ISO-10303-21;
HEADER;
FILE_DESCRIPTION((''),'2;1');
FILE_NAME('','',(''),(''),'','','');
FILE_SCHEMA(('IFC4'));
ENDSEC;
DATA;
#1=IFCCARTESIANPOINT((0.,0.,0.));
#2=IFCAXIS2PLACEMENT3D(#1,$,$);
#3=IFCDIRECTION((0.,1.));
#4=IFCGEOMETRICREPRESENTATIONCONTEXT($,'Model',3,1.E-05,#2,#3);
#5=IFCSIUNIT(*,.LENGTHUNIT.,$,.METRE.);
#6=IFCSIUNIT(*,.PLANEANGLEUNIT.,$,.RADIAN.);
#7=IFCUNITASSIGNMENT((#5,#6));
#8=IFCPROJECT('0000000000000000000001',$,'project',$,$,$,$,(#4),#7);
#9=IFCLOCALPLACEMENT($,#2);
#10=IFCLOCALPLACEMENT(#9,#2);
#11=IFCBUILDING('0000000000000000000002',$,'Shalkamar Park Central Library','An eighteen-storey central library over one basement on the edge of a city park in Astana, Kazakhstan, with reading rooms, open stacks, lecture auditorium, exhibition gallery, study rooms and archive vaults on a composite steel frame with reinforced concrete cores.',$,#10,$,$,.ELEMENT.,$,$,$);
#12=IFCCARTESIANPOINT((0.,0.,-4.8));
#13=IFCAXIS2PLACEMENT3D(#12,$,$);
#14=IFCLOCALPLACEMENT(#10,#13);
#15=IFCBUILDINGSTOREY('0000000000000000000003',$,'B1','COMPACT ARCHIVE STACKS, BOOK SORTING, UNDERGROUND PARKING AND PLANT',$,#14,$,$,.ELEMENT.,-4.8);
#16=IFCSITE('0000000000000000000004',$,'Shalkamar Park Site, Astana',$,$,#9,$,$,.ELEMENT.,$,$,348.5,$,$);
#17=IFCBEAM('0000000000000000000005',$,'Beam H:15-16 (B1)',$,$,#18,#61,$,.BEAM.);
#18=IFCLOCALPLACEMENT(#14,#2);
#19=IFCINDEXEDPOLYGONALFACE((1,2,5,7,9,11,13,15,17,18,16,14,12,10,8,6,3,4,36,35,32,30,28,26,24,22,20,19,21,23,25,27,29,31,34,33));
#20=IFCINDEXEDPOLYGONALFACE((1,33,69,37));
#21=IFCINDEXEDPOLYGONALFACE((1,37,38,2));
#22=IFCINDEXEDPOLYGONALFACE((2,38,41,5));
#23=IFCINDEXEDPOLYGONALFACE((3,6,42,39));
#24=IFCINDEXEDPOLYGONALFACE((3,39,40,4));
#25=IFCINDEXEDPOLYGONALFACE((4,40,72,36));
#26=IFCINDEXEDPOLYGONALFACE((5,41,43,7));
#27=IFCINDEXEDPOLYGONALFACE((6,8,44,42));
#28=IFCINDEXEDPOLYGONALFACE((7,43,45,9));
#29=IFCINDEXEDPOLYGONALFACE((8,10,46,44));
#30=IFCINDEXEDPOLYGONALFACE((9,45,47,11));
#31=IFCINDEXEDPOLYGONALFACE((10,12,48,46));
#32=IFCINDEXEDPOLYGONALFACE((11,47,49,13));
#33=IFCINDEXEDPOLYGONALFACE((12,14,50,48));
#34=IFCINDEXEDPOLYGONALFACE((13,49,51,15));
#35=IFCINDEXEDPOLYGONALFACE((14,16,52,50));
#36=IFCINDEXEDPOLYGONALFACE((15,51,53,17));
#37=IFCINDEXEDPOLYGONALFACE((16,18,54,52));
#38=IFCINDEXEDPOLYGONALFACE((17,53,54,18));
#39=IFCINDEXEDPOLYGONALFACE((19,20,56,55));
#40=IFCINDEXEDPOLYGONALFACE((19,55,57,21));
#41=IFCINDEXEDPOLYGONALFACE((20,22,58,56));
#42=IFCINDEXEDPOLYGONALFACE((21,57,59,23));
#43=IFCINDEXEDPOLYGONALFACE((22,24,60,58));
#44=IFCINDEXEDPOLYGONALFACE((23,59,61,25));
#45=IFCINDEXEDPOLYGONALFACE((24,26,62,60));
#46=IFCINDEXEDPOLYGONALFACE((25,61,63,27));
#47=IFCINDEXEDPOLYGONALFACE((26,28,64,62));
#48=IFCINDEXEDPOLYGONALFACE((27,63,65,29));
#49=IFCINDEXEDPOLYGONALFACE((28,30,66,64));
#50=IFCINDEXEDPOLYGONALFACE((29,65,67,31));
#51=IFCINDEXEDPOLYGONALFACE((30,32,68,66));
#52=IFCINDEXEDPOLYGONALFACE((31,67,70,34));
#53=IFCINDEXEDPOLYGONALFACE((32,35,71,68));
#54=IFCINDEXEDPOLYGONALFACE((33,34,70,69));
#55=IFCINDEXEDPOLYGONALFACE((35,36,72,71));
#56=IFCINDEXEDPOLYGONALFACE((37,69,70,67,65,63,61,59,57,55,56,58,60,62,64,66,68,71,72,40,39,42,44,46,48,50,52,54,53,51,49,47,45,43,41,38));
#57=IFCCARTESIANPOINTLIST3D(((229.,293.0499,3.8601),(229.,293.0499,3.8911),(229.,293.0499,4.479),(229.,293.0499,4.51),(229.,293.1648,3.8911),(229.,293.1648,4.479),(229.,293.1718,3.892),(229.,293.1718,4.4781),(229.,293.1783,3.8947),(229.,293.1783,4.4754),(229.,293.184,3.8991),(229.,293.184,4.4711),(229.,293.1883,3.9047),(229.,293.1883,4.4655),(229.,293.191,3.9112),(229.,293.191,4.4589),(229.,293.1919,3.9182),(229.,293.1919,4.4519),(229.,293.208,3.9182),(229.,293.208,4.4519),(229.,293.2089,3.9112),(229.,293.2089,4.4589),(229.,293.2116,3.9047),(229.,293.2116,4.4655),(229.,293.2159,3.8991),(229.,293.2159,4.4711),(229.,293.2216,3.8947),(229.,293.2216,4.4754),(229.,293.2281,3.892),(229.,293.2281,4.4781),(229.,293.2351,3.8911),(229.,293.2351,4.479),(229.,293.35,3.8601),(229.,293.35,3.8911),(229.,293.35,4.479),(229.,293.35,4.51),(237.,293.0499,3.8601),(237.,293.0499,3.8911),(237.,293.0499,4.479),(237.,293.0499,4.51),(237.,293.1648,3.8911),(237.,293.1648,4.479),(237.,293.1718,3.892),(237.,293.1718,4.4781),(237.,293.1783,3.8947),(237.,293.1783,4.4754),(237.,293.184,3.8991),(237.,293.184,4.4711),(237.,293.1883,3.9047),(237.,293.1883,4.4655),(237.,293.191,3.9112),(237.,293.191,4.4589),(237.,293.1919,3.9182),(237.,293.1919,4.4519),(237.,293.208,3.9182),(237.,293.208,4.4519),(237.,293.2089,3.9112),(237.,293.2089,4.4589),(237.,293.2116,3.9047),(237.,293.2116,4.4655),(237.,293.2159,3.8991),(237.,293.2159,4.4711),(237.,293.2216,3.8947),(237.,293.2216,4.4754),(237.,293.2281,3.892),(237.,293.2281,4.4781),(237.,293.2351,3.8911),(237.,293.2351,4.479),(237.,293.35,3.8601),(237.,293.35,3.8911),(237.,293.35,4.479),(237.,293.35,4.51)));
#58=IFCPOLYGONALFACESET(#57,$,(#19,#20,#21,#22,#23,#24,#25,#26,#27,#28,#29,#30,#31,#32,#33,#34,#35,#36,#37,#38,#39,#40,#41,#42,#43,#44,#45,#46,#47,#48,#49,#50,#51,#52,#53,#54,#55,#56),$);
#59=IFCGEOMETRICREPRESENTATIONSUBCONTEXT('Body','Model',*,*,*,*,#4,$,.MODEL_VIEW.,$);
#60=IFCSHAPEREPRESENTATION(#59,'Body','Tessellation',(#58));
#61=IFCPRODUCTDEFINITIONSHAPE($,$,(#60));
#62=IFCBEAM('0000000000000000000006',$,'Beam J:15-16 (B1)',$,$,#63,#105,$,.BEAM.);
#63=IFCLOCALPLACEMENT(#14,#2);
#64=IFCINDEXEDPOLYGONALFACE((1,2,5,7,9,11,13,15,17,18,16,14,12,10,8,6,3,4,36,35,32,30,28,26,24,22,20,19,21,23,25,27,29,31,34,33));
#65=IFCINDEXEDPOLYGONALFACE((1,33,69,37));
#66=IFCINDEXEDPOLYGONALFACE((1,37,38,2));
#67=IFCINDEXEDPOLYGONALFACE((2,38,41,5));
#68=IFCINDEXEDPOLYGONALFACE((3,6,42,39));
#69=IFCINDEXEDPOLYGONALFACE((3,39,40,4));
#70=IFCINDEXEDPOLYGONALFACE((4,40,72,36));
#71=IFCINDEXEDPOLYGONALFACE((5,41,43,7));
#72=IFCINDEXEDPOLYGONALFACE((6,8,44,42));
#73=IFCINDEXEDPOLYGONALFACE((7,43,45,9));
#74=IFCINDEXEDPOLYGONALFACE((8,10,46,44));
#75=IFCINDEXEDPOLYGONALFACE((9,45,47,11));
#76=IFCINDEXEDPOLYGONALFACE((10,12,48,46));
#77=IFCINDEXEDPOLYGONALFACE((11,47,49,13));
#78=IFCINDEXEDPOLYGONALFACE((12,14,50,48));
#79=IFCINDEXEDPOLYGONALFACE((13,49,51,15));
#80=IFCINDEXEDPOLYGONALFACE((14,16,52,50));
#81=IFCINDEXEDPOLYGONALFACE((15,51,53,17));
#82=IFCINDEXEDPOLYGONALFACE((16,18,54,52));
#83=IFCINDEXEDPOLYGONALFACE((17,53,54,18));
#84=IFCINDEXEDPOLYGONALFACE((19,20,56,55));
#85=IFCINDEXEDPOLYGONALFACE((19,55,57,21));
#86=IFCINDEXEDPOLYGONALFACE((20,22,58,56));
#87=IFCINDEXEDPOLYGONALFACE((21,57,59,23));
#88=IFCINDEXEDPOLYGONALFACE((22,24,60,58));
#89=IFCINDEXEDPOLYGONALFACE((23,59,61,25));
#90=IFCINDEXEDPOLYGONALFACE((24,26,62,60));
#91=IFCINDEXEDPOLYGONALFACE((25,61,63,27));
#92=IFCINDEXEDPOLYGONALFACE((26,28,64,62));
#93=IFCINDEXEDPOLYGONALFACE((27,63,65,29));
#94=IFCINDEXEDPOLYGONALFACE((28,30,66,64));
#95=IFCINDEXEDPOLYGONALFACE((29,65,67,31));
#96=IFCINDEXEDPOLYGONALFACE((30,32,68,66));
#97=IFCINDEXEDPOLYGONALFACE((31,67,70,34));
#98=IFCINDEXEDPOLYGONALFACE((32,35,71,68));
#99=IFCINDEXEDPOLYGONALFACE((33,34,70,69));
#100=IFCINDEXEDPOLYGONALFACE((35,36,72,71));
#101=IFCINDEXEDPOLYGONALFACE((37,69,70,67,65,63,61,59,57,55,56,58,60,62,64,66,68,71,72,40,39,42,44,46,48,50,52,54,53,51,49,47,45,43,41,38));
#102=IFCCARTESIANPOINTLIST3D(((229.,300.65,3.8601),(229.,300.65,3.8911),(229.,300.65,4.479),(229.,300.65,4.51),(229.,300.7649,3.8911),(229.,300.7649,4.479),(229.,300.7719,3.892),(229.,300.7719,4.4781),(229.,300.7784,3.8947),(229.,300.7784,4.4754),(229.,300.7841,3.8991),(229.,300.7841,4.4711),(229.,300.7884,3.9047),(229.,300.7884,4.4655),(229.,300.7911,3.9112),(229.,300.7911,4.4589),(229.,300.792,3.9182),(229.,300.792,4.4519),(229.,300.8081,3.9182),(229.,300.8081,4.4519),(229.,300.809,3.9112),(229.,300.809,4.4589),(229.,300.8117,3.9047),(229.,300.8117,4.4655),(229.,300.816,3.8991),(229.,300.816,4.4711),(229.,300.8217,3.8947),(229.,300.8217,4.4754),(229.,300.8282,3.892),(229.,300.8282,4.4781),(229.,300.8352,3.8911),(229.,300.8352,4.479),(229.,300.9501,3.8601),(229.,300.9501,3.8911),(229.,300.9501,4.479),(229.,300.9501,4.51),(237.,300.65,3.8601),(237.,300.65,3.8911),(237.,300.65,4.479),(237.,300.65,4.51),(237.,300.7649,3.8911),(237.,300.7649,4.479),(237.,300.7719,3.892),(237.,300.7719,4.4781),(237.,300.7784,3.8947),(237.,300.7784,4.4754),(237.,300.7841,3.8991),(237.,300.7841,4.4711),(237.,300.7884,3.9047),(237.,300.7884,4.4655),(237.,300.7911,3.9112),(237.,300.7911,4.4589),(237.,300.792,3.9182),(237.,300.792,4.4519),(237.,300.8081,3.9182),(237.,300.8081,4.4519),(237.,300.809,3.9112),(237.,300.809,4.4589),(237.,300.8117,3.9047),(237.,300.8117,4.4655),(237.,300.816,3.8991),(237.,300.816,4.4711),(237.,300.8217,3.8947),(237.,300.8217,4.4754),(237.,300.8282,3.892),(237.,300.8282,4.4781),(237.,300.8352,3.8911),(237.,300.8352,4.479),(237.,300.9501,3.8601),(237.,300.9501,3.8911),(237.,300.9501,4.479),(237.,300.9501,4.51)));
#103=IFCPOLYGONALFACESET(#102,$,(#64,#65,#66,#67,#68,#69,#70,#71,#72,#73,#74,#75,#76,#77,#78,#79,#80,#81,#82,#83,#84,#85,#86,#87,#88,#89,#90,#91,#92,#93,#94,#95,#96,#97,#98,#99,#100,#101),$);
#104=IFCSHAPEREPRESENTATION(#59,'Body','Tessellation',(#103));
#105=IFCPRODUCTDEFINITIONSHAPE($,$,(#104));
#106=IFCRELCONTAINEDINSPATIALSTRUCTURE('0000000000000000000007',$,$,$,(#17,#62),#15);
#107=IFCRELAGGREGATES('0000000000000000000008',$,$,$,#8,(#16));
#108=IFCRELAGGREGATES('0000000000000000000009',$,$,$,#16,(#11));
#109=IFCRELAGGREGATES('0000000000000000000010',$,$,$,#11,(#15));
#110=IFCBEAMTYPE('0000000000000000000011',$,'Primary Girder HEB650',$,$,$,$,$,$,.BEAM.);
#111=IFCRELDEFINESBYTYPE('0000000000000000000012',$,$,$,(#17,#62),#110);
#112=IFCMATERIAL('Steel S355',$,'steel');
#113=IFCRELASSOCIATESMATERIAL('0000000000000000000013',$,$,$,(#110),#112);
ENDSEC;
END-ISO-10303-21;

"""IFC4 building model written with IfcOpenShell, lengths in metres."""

from ifc_helpers import new_model, si_unit, direction, frame, origin, origin_2d, place, context, subcontext, project, spatial, i_section, extrude, material, material_profile, profile_set, type_object, element, save


model = new_model("IFC4")

# Units and contexts
model_context = context("Model", 3, precision=1e-05, world=origin(), true_north=direction((0.0, 1.0)))
body_context = subcontext(model_context, "Body", "Model", "MODEL_VIEW")
ifc_project = project(units=[si_unit("LENGTHUNIT", "METRE"), si_unit("PLANEANGLEUNIT", "RADIAN")], contexts=[model_context])

# Site, building, storey
site_placement = place(None, origin())
site = spatial("IfcSite", under=ifc_project, at=site_placement, Name="Shalkamar Park Site, Astana", CompositionType="ELEMENT", RefElevation=348.5)
building_placement = place(site_placement, origin())
building = spatial("IfcBuilding", under=site, at=building_placement, Name="Shalkamar Park Central Library", Description="An eighteen-storey central library over one basement on the edge of a city park in Astana, Kazakhstan, with reading rooms, open stacks, lecture auditorium, exhibition gallery, study rooms and archive vaults on a composite steel frame with reinforced concrete cores.", CompositionType="ELEMENT")
storey_placement = place(building_placement, frame((0.0, 0.0, -4.8)))
storey = spatial("IfcBuildingStorey", under=building, at=storey_placement, Name="B1", Description="COMPACT ARCHIVE STACKS, BOOK SORTING, UNDERGROUND PARKING AND PLANT", CompositionType="ELEMENT", Elevation=-4.8)

# Shared definitions
ifc_material_1 = material(Name="Steel S355", Category="steel")

# Beams
ifc_material_profile_1 = material_profile(ifc_material_1, i_section(OverallWidth=0.3, OverallDepth=0.6499, WebThickness=0.0161, FlangeThickness=0.031, FilletRadius=0.0271, at=origin_2d()), Name="HEB 650")
ifc_profile_set_1 = profile_set([ifc_material_profile_1], Name="Steel S355")
beam_type_1 = type_object("IfcBeamType", Name="Primary Girder HEB650", PredefinedType="BEAM", material=ifc_profile_set_1)
for number, where, z_axis, x_axis, name in (
    (1, (229.0, 293.2, 4.1851), (1.0, 0.0, 0.0), (0.0, 1.0, 0.0), "Beam H:15-16 (B1)"),
    (2, (229.0, 300.8, 4.1851), (1.0, 0.0, 0.0), (0.0, 1.0, 0.0), "Beam J:15-16 (B1)"),
):
    element("IfcBeam", number, at=place(storey_placement, frame(where, z_axis=z_axis, x_axis=x_axis)), inside=storey, type_object=beam_type_1, Name=name, PredefinedType="BEAM", context=body_context, shape_type="SweptSolid", body=[
        extrude(i_section(OverallWidth=0.3, OverallDepth=0.6499, WebThickness=0.0161, FlangeThickness=0.031, FilletRadius=0.0271, at=origin_2d()), origin(), (0.0, 0.0, 1.0), 8.0),
    ])

save(model, "model.ifc")
